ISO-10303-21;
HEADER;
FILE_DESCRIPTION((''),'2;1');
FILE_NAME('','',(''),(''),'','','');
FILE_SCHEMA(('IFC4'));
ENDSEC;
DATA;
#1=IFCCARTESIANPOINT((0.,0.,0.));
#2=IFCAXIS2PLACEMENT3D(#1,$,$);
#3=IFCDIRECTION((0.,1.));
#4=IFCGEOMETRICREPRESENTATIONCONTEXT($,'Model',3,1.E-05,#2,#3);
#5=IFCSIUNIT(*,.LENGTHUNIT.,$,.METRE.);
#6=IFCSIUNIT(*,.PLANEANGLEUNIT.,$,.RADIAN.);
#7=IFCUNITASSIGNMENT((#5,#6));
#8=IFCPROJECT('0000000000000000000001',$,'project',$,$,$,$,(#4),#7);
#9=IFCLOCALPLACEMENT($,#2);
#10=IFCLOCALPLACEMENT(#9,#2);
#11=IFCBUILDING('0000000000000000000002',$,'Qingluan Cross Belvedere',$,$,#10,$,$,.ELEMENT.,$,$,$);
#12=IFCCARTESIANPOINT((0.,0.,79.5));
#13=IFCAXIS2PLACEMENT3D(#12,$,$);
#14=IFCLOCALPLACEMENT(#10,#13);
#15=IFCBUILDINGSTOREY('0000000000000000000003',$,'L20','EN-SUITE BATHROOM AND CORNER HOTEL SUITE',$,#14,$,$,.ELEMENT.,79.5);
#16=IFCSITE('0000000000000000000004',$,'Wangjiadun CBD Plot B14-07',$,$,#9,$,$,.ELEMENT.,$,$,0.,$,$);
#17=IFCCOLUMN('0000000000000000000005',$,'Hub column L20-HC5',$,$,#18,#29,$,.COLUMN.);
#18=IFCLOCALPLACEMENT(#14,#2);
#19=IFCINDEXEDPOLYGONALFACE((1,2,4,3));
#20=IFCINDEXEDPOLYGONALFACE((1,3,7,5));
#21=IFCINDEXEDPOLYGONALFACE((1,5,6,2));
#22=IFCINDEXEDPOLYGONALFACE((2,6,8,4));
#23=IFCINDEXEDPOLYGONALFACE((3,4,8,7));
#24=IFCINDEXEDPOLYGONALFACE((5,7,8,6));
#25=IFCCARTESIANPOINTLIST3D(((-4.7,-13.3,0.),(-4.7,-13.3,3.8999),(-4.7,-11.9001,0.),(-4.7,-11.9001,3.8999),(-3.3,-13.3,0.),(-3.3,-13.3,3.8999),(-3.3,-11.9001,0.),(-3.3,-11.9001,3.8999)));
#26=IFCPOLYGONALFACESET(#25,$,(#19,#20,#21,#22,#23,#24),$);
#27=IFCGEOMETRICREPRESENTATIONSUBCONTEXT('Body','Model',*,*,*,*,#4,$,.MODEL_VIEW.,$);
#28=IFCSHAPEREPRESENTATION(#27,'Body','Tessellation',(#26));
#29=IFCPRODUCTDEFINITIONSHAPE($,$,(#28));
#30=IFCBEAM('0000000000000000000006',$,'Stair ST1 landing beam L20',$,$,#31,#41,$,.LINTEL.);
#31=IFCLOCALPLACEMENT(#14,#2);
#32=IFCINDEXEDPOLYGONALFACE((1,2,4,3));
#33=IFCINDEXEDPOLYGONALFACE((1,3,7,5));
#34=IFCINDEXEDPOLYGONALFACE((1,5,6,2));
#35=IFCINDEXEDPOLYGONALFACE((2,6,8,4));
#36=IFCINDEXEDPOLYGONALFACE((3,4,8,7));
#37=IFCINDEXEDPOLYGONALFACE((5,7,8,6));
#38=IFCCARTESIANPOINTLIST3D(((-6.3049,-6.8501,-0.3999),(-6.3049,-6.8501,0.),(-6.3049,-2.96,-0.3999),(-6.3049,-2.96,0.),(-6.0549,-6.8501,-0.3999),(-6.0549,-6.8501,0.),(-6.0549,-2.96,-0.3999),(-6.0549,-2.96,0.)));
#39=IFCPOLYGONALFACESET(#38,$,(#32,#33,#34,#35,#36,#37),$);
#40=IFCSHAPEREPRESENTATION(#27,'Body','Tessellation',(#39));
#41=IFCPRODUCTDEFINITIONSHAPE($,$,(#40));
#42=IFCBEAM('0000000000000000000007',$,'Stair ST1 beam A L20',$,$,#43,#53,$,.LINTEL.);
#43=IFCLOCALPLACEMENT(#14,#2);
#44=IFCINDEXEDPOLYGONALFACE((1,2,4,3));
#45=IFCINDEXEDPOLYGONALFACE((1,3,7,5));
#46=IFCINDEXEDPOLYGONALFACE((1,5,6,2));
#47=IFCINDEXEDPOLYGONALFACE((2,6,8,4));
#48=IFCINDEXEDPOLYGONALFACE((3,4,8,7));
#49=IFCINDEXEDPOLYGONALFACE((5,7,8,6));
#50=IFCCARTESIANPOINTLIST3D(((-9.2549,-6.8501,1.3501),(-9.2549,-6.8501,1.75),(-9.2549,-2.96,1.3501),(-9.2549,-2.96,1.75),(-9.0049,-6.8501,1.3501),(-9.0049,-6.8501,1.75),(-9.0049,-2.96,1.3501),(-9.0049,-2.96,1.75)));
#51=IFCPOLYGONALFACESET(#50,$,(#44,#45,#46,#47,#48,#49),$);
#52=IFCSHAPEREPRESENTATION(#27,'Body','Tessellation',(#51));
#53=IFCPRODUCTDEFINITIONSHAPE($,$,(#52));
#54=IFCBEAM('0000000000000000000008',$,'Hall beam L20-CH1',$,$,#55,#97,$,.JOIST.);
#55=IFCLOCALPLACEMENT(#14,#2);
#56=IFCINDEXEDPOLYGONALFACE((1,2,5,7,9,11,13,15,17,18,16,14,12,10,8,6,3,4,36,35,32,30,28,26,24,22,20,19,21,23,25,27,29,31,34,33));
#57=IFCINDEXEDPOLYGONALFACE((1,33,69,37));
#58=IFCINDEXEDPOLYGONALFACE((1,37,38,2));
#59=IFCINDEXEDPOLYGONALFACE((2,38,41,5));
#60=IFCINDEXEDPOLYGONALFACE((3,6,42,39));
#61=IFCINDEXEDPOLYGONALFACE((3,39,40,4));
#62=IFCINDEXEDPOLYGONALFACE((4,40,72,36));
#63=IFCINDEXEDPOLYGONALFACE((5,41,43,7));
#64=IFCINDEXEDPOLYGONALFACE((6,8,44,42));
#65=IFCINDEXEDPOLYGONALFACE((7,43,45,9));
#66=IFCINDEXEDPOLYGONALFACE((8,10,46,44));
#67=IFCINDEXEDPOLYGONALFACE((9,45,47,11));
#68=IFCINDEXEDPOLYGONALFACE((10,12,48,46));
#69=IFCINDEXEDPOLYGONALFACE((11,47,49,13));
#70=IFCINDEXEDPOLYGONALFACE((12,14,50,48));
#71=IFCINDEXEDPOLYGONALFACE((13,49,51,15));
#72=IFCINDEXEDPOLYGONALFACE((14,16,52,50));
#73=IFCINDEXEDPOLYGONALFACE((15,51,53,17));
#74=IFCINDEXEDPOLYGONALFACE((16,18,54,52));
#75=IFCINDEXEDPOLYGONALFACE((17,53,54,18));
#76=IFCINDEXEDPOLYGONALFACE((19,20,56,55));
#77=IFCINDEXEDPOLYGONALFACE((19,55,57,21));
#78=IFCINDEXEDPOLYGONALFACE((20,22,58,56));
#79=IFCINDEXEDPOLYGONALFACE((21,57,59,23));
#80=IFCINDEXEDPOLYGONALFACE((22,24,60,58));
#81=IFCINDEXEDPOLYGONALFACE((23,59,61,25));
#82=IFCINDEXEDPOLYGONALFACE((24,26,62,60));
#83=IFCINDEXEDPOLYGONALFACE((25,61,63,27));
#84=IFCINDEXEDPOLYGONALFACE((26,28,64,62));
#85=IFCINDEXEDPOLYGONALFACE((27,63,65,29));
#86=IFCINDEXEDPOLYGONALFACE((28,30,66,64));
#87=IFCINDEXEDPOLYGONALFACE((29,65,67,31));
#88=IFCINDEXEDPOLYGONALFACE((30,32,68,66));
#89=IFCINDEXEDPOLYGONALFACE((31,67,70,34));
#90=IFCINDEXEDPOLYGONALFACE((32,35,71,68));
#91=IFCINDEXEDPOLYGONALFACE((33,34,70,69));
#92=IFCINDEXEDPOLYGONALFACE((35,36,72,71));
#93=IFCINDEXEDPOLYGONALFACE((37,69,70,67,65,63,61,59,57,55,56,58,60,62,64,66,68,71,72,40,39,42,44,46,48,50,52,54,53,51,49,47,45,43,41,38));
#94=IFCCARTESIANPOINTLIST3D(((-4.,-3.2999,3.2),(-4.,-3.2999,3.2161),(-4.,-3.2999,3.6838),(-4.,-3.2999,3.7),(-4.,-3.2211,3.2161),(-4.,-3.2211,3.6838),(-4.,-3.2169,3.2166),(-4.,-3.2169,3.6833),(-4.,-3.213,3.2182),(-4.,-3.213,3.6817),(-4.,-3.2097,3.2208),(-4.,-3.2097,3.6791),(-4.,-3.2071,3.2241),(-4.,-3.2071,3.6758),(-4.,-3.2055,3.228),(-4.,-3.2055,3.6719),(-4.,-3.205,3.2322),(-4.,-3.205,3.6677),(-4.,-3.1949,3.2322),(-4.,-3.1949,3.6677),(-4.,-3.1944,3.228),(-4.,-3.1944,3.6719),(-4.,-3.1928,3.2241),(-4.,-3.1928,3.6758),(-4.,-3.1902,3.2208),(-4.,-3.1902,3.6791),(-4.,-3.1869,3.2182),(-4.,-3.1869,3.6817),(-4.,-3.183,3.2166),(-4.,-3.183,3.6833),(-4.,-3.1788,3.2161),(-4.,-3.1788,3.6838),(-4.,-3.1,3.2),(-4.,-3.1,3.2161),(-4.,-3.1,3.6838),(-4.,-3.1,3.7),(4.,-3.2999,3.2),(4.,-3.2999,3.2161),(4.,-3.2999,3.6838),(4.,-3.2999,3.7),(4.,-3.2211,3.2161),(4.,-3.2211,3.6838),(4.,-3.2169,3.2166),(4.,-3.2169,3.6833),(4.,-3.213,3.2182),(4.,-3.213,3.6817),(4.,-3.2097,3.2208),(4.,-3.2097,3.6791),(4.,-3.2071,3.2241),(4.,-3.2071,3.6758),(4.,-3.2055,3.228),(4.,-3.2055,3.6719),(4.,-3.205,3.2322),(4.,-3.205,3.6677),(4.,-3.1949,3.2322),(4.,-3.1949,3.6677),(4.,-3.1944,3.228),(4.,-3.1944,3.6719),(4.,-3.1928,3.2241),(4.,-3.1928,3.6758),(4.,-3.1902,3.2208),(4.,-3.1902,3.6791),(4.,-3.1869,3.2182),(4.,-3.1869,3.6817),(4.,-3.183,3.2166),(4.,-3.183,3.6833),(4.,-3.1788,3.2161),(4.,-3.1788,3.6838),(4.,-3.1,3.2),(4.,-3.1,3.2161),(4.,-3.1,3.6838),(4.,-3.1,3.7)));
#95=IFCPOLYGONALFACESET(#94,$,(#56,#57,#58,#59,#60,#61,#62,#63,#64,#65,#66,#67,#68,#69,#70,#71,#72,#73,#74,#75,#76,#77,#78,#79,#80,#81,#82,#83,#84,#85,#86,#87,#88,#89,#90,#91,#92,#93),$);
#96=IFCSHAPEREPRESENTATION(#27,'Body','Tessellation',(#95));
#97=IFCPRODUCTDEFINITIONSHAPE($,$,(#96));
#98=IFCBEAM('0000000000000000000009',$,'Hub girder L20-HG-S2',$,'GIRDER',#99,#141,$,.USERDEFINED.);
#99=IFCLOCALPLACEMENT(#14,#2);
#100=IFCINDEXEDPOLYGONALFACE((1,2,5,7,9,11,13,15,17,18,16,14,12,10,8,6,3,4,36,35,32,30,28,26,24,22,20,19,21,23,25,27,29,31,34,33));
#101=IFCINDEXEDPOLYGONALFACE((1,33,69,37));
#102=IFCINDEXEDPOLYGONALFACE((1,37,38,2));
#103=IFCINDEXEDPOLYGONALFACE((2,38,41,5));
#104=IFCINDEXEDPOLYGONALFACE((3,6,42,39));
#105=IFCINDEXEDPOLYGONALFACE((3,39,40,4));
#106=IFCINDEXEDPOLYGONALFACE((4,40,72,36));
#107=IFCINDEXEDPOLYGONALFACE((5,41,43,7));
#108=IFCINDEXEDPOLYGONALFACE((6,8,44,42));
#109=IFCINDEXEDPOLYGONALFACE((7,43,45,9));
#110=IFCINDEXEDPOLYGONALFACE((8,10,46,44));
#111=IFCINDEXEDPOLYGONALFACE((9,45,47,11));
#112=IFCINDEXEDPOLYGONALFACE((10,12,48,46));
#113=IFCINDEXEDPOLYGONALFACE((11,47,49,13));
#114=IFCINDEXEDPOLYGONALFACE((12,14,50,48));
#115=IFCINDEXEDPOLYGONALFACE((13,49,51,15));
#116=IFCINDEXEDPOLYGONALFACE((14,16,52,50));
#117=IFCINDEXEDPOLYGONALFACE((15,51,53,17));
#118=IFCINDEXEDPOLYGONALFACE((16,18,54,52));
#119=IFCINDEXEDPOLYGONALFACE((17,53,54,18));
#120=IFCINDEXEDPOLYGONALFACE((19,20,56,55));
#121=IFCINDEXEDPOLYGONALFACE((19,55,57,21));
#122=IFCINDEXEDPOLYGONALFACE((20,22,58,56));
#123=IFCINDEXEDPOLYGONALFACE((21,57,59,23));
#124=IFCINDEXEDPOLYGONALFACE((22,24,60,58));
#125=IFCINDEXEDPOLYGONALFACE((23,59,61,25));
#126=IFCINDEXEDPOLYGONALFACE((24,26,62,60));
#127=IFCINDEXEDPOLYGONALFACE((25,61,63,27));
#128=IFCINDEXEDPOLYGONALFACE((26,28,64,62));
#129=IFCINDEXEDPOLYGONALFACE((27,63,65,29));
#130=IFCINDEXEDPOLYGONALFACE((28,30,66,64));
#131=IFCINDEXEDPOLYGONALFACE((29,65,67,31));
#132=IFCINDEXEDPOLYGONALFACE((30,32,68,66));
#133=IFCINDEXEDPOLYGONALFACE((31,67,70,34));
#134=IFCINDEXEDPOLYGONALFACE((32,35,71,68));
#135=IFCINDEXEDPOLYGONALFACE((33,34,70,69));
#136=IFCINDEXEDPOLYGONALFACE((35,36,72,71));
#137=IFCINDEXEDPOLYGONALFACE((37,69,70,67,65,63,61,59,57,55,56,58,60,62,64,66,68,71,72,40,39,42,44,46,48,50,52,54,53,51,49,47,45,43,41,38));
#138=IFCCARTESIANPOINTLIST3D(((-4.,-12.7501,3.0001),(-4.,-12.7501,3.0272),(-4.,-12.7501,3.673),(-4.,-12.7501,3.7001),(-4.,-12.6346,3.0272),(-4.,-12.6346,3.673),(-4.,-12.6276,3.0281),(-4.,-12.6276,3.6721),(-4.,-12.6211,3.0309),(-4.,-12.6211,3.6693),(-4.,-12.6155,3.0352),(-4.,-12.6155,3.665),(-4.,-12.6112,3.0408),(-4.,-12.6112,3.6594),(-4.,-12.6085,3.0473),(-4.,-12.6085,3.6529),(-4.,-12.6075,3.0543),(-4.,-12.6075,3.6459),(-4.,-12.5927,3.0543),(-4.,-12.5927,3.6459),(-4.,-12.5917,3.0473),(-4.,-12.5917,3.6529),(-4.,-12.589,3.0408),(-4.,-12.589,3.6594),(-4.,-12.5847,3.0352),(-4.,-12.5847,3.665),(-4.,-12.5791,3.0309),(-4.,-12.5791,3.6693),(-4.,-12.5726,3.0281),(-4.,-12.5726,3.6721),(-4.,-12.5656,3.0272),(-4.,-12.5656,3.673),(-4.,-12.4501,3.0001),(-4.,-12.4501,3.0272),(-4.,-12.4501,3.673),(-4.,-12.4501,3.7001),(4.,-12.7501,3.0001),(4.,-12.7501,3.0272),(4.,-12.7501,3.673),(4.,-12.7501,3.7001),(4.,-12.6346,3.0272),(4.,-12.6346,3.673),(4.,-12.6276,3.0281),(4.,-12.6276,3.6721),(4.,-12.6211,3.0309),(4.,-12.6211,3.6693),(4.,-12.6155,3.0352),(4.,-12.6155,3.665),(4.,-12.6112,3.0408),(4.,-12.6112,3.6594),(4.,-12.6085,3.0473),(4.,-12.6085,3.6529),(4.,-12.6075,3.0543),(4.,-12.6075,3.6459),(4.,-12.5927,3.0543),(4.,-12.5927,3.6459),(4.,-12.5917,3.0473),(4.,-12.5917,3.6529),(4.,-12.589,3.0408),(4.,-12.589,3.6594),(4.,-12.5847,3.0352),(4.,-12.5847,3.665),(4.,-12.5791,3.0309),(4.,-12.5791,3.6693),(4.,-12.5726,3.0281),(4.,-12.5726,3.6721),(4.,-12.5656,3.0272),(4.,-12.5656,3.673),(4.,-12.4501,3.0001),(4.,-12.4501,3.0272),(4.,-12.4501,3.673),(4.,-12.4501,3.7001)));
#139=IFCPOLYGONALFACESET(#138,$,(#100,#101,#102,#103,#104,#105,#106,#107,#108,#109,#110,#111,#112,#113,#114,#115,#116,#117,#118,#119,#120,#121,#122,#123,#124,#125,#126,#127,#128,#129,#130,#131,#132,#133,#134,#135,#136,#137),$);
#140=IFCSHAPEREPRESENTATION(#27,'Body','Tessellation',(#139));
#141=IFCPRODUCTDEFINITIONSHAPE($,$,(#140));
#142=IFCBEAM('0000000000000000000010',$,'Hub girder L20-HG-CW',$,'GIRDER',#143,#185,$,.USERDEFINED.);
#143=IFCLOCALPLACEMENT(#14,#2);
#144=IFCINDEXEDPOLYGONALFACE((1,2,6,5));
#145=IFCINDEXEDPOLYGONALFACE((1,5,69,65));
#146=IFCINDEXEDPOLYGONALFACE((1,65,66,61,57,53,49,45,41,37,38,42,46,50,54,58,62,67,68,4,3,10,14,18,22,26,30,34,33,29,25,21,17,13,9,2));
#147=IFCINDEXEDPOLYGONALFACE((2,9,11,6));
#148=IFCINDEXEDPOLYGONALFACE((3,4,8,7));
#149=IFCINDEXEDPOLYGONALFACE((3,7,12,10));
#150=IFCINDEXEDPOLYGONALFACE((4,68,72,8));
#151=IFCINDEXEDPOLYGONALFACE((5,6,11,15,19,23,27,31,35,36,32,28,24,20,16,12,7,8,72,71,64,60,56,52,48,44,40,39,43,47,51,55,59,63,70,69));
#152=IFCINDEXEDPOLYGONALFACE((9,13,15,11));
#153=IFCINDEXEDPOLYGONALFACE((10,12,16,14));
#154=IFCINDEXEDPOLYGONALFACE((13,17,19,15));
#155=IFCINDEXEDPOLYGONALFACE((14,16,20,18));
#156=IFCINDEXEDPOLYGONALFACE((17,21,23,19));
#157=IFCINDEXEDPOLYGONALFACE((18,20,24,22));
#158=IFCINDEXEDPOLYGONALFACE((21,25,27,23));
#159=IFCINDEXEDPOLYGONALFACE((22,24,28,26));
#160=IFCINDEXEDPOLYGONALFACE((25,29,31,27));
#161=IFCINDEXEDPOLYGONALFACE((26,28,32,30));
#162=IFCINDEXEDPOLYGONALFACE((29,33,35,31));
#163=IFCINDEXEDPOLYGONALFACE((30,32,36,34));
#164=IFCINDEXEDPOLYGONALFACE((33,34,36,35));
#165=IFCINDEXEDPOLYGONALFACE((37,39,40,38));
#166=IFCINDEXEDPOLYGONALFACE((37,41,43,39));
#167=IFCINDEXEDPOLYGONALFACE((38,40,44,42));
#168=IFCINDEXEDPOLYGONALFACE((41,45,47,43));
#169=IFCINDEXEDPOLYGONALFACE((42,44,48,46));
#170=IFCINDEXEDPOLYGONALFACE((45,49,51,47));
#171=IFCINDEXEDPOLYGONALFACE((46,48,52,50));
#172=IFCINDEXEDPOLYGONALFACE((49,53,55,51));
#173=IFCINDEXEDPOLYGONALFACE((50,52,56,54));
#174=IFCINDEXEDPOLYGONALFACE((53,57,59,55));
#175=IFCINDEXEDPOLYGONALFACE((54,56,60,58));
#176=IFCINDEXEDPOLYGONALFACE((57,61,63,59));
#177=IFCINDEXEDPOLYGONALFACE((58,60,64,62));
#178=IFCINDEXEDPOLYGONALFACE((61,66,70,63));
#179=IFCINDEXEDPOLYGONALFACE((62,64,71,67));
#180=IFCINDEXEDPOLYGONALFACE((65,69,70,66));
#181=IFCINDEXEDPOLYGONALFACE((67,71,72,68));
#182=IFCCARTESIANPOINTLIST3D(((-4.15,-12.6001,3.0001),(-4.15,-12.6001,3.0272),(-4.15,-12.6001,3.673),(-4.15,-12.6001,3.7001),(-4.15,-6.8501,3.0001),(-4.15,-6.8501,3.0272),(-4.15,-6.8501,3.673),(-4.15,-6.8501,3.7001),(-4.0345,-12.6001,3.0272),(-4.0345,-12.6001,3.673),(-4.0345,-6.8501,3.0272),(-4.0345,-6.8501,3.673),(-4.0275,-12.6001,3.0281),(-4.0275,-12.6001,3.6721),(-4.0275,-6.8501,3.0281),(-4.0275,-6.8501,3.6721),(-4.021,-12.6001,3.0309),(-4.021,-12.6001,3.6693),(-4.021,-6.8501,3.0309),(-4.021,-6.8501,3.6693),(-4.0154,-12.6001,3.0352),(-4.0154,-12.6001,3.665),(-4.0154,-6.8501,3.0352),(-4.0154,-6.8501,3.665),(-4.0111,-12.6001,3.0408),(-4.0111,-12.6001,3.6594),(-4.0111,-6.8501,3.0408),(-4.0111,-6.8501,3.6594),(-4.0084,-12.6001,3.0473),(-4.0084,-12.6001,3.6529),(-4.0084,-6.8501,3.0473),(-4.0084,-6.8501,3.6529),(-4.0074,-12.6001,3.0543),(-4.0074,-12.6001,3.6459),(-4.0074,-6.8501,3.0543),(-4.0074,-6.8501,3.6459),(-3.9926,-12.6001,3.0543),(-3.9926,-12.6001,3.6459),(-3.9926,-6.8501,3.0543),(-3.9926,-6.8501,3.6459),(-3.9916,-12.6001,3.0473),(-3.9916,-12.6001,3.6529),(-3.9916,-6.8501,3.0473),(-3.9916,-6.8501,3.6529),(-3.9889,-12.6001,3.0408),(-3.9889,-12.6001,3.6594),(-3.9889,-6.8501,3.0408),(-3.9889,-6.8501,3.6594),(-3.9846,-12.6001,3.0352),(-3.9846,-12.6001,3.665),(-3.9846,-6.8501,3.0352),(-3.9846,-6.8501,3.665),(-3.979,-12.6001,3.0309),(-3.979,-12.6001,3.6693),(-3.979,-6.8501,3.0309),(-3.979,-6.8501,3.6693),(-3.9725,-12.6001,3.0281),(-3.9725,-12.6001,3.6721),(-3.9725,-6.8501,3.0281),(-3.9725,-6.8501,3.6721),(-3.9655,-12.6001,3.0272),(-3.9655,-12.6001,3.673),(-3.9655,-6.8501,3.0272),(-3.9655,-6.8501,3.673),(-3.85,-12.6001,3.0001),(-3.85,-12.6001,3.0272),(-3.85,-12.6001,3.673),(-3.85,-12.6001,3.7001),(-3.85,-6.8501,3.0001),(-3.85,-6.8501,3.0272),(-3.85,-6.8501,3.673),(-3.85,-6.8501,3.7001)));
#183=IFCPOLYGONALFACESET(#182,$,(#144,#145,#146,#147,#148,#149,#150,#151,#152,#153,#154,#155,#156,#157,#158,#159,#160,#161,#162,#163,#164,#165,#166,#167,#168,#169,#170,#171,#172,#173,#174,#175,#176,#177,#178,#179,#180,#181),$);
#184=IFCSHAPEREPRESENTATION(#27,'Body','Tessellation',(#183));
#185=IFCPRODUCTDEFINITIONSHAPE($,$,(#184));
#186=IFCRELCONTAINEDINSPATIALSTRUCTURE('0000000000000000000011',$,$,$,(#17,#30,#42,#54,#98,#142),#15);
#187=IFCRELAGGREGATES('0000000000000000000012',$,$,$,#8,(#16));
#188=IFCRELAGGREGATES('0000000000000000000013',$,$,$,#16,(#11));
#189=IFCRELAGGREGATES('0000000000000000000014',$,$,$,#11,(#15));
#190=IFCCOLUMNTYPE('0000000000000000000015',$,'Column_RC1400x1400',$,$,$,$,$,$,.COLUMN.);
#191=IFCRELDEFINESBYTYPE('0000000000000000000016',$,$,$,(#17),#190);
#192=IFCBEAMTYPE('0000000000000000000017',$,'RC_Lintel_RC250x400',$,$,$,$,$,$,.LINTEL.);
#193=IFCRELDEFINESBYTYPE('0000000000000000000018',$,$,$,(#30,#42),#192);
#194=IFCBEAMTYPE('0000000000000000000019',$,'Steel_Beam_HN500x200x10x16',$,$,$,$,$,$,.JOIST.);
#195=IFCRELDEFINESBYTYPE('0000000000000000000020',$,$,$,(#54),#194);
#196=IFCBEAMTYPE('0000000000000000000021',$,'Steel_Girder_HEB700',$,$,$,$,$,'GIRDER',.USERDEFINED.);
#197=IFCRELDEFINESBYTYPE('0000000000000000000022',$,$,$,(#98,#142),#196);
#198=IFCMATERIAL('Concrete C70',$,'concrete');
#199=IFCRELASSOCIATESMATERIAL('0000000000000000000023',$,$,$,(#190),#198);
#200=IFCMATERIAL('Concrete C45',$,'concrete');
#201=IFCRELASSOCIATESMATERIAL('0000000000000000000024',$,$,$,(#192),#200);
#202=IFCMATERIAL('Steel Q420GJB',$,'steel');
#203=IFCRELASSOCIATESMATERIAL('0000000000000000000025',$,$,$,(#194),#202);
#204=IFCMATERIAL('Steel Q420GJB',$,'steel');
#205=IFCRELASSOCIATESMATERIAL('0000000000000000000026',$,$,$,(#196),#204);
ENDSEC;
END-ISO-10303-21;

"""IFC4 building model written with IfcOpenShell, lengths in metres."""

from ifc_helpers import new_model, si_unit, direction, frame, origin, origin_2d, place, context, subcontext, project, spatial, rectangle, i_section, extrude, material, material_profile, profile_set, type_object, element, save


model = new_model("IFC4")

# Units and contexts
model_context = context("Model", 3, precision=1e-05, world=origin(), true_north=direction((0.0, 1.0)))
body_context = subcontext(model_context, "Body", "Model", "MODEL_VIEW")
ifc_project = project(units=[si_unit("LENGTHUNIT", "METRE"), si_unit("PLANEANGLEUNIT", "RADIAN")], contexts=[model_context])

# Site, building, storey
site_placement = place(None, origin())
site = spatial("IfcSite", under=ifc_project, at=site_placement, Name="Wangjiadun CBD Plot B14-07", CompositionType="ELEMENT", RefElevation=0.0)
building_placement = place(site_placement, origin())
building = spatial("IfcBuilding", under=site, at=building_placement, Name="Qingluan Cross Belvedere", CompositionType="ELEMENT")
storey_placement = place(building_placement, frame((0.0, 0.0, 79.5)))
storey = spatial("IfcBuildingStorey", under=building, at=storey_placement, Name="L20", Description="EN-SUITE BATHROOM AND CORNER HOTEL SUITE", CompositionType="ELEMENT", Elevation=79.5)

# Column
ifc_material_1 = material(Name="Concrete C70", Category="concrete")
ifc_material_profile_1 = material_profile(ifc_material_1, rectangle(XDim=1.3999, YDim=1.3999, at=origin_2d()), Name="RC1400x1400")
ifc_profile_set_1 = profile_set([ifc_material_profile_1], Name="Concrete C70")
column_type = type_object("IfcColumnType", Name="Column_RC1400x1400", PredefinedType="COLUMN", material=ifc_profile_set_1)
column_placement = place(storey_placement, frame((-4.0, -12.6001, 0.0), z_axis=(0.0, 0.0, 1.0), x_axis=(1.0, 0.0, 0.0)))
element("IfcColumn", 1, at=column_placement, inside=storey, type_object=column_type, Name="Hub column L20-HC5", PredefinedType="COLUMN", context=body_context, shape_type="SweptSolid", body=[
    extrude(rectangle(XDim=1.3999, YDim=1.3999, at=origin_2d()), origin(), (0.0, 0.0, 1.0), 3.8999),
])

# Beams
ifc_material_2 = material(Name="Concrete C45", Category="concrete")
ifc_material_profile_2 = material_profile(ifc_material_2, rectangle(XDim=0.25, YDim=0.3999, at=origin_2d()), Name="RC250x400")
ifc_profile_set_2 = profile_set([ifc_material_profile_2], Name="Concrete C45")
beam_type_1 = type_object("IfcBeamType", Name="RC_Lintel_RC250x400", PredefinedType="LINTEL", material=ifc_profile_set_2)
for number, where, z_axis, x_axis, name in (
    (2, (-6.1799, -6.8501, -0.2), (0.0, 1.0, 0.0), (-1.0, 0.0, 0.0), "Stair ST1 landing beam L20"),
    (3, (-9.1299, -6.8501, 1.55), (0.0, 1.0, 0.0), (-1.0, 0.0, 0.0), "Stair ST1 beam A L20"),
):
    element("IfcBeam", number, at=place(storey_placement, frame(where, z_axis=z_axis, x_axis=x_axis)), inside=storey, type_object=beam_type_1, Name=name, PredefinedType="LINTEL", context=body_context, shape_type="SweptSolid", body=[
        extrude(rectangle(XDim=0.25, YDim=0.3999, at=origin_2d()), origin(), (0.0, 0.0, 1.0), 3.8901),
    ])
ifc_material_3 = material(Name="Steel Q420GJB", Category="steel")
ifc_material_profile_3 = material_profile(ifc_material_3, i_section(OverallWidth=0.2, OverallDepth=0.5, WebThickness=0.01, FlangeThickness=0.0161, FilletRadius=0.0161, at=origin_2d()), Name="HN500x200x10x16")
ifc_profile_set_3 = profile_set([ifc_material_profile_3], Name="Steel Q420GJB")
beam_type_2 = type_object("IfcBeamType", Name="Steel_Beam_HN500x200x10x16", PredefinedType="JOIST", material=ifc_profile_set_3)
beam_1_placement = place(storey_placement, frame((-4.0, -3.2, 3.45), z_axis=(1.0, 0.0, 0.0), x_axis=(0.0, 1.0, 0.0)))
element("IfcBeam", 4, at=beam_1_placement, inside=storey, type_object=beam_type_2, Name="Hall beam L20-CH1", PredefinedType="JOIST", context=body_context, shape_type="SweptSolid", body=[
    extrude(i_section(OverallWidth=0.2, OverallDepth=0.5, WebThickness=0.01, FlangeThickness=0.0161, FilletRadius=0.0161, at=origin_2d()), origin(), (0.0, 0.0, 1.0), 8.0),
])
ifc_material_4 = material(Name="Steel Q420GJB", Category="steel")
ifc_material_profile_4 = material_profile(ifc_material_4, i_section(OverallWidth=0.3, OverallDepth=0.7, WebThickness=0.0149, FlangeThickness=0.0271, FilletRadius=0.0271, at=origin_2d()), Name="HEB700")
ifc_profile_set_4 = profile_set([ifc_material_profile_4], Name="Steel Q420GJB")
beam_type_3 = type_object("IfcBeamType", Name="Steel_Girder_HEB700", ElementType="GIRDER", PredefinedType="USERDEFINED", material=ifc_profile_set_4)
beam_2_placement = place(storey_placement, frame((-4.0, -12.6001, 3.3501), z_axis=(1.0, 0.0, 0.0), x_axis=(0.0, 1.0, 0.0)))
element("IfcBeam", 5, at=beam_2_placement, inside=storey, type_object=beam_type_3, Name="Hub girder L20-HG-S2", ObjectType="GIRDER", PredefinedType="USERDEFINED", context=body_context, shape_type="SweptSolid", body=[
    extrude(i_section(OverallWidth=0.3, OverallDepth=0.7, WebThickness=0.0149, FlangeThickness=0.0271, FilletRadius=0.0271, at=origin_2d()), origin(), (0.0, 0.0, 1.0), 8.0),
])
beam_3_placement = place(storey_placement, frame((-4.0, -12.6001, 3.3501), z_axis=(0.0, 1.0, 0.0), x_axis=(-1.0, 0.0, 0.0)))
element("IfcBeam", 6, at=beam_3_placement, inside=storey, type_object=beam_type_3, Name="Hub girder L20-HG-CW", ObjectType="GIRDER", PredefinedType="USERDEFINED", context=body_context, shape_type="SweptSolid", body=[
    extrude(i_section(OverallWidth=0.3, OverallDepth=0.7, WebThickness=0.0149, FlangeThickness=0.0271, FilletRadius=0.0271, at=origin_2d()), origin(), (0.0, 0.0, 1.0), 5.75),
])

save(model, "model.ifc")
